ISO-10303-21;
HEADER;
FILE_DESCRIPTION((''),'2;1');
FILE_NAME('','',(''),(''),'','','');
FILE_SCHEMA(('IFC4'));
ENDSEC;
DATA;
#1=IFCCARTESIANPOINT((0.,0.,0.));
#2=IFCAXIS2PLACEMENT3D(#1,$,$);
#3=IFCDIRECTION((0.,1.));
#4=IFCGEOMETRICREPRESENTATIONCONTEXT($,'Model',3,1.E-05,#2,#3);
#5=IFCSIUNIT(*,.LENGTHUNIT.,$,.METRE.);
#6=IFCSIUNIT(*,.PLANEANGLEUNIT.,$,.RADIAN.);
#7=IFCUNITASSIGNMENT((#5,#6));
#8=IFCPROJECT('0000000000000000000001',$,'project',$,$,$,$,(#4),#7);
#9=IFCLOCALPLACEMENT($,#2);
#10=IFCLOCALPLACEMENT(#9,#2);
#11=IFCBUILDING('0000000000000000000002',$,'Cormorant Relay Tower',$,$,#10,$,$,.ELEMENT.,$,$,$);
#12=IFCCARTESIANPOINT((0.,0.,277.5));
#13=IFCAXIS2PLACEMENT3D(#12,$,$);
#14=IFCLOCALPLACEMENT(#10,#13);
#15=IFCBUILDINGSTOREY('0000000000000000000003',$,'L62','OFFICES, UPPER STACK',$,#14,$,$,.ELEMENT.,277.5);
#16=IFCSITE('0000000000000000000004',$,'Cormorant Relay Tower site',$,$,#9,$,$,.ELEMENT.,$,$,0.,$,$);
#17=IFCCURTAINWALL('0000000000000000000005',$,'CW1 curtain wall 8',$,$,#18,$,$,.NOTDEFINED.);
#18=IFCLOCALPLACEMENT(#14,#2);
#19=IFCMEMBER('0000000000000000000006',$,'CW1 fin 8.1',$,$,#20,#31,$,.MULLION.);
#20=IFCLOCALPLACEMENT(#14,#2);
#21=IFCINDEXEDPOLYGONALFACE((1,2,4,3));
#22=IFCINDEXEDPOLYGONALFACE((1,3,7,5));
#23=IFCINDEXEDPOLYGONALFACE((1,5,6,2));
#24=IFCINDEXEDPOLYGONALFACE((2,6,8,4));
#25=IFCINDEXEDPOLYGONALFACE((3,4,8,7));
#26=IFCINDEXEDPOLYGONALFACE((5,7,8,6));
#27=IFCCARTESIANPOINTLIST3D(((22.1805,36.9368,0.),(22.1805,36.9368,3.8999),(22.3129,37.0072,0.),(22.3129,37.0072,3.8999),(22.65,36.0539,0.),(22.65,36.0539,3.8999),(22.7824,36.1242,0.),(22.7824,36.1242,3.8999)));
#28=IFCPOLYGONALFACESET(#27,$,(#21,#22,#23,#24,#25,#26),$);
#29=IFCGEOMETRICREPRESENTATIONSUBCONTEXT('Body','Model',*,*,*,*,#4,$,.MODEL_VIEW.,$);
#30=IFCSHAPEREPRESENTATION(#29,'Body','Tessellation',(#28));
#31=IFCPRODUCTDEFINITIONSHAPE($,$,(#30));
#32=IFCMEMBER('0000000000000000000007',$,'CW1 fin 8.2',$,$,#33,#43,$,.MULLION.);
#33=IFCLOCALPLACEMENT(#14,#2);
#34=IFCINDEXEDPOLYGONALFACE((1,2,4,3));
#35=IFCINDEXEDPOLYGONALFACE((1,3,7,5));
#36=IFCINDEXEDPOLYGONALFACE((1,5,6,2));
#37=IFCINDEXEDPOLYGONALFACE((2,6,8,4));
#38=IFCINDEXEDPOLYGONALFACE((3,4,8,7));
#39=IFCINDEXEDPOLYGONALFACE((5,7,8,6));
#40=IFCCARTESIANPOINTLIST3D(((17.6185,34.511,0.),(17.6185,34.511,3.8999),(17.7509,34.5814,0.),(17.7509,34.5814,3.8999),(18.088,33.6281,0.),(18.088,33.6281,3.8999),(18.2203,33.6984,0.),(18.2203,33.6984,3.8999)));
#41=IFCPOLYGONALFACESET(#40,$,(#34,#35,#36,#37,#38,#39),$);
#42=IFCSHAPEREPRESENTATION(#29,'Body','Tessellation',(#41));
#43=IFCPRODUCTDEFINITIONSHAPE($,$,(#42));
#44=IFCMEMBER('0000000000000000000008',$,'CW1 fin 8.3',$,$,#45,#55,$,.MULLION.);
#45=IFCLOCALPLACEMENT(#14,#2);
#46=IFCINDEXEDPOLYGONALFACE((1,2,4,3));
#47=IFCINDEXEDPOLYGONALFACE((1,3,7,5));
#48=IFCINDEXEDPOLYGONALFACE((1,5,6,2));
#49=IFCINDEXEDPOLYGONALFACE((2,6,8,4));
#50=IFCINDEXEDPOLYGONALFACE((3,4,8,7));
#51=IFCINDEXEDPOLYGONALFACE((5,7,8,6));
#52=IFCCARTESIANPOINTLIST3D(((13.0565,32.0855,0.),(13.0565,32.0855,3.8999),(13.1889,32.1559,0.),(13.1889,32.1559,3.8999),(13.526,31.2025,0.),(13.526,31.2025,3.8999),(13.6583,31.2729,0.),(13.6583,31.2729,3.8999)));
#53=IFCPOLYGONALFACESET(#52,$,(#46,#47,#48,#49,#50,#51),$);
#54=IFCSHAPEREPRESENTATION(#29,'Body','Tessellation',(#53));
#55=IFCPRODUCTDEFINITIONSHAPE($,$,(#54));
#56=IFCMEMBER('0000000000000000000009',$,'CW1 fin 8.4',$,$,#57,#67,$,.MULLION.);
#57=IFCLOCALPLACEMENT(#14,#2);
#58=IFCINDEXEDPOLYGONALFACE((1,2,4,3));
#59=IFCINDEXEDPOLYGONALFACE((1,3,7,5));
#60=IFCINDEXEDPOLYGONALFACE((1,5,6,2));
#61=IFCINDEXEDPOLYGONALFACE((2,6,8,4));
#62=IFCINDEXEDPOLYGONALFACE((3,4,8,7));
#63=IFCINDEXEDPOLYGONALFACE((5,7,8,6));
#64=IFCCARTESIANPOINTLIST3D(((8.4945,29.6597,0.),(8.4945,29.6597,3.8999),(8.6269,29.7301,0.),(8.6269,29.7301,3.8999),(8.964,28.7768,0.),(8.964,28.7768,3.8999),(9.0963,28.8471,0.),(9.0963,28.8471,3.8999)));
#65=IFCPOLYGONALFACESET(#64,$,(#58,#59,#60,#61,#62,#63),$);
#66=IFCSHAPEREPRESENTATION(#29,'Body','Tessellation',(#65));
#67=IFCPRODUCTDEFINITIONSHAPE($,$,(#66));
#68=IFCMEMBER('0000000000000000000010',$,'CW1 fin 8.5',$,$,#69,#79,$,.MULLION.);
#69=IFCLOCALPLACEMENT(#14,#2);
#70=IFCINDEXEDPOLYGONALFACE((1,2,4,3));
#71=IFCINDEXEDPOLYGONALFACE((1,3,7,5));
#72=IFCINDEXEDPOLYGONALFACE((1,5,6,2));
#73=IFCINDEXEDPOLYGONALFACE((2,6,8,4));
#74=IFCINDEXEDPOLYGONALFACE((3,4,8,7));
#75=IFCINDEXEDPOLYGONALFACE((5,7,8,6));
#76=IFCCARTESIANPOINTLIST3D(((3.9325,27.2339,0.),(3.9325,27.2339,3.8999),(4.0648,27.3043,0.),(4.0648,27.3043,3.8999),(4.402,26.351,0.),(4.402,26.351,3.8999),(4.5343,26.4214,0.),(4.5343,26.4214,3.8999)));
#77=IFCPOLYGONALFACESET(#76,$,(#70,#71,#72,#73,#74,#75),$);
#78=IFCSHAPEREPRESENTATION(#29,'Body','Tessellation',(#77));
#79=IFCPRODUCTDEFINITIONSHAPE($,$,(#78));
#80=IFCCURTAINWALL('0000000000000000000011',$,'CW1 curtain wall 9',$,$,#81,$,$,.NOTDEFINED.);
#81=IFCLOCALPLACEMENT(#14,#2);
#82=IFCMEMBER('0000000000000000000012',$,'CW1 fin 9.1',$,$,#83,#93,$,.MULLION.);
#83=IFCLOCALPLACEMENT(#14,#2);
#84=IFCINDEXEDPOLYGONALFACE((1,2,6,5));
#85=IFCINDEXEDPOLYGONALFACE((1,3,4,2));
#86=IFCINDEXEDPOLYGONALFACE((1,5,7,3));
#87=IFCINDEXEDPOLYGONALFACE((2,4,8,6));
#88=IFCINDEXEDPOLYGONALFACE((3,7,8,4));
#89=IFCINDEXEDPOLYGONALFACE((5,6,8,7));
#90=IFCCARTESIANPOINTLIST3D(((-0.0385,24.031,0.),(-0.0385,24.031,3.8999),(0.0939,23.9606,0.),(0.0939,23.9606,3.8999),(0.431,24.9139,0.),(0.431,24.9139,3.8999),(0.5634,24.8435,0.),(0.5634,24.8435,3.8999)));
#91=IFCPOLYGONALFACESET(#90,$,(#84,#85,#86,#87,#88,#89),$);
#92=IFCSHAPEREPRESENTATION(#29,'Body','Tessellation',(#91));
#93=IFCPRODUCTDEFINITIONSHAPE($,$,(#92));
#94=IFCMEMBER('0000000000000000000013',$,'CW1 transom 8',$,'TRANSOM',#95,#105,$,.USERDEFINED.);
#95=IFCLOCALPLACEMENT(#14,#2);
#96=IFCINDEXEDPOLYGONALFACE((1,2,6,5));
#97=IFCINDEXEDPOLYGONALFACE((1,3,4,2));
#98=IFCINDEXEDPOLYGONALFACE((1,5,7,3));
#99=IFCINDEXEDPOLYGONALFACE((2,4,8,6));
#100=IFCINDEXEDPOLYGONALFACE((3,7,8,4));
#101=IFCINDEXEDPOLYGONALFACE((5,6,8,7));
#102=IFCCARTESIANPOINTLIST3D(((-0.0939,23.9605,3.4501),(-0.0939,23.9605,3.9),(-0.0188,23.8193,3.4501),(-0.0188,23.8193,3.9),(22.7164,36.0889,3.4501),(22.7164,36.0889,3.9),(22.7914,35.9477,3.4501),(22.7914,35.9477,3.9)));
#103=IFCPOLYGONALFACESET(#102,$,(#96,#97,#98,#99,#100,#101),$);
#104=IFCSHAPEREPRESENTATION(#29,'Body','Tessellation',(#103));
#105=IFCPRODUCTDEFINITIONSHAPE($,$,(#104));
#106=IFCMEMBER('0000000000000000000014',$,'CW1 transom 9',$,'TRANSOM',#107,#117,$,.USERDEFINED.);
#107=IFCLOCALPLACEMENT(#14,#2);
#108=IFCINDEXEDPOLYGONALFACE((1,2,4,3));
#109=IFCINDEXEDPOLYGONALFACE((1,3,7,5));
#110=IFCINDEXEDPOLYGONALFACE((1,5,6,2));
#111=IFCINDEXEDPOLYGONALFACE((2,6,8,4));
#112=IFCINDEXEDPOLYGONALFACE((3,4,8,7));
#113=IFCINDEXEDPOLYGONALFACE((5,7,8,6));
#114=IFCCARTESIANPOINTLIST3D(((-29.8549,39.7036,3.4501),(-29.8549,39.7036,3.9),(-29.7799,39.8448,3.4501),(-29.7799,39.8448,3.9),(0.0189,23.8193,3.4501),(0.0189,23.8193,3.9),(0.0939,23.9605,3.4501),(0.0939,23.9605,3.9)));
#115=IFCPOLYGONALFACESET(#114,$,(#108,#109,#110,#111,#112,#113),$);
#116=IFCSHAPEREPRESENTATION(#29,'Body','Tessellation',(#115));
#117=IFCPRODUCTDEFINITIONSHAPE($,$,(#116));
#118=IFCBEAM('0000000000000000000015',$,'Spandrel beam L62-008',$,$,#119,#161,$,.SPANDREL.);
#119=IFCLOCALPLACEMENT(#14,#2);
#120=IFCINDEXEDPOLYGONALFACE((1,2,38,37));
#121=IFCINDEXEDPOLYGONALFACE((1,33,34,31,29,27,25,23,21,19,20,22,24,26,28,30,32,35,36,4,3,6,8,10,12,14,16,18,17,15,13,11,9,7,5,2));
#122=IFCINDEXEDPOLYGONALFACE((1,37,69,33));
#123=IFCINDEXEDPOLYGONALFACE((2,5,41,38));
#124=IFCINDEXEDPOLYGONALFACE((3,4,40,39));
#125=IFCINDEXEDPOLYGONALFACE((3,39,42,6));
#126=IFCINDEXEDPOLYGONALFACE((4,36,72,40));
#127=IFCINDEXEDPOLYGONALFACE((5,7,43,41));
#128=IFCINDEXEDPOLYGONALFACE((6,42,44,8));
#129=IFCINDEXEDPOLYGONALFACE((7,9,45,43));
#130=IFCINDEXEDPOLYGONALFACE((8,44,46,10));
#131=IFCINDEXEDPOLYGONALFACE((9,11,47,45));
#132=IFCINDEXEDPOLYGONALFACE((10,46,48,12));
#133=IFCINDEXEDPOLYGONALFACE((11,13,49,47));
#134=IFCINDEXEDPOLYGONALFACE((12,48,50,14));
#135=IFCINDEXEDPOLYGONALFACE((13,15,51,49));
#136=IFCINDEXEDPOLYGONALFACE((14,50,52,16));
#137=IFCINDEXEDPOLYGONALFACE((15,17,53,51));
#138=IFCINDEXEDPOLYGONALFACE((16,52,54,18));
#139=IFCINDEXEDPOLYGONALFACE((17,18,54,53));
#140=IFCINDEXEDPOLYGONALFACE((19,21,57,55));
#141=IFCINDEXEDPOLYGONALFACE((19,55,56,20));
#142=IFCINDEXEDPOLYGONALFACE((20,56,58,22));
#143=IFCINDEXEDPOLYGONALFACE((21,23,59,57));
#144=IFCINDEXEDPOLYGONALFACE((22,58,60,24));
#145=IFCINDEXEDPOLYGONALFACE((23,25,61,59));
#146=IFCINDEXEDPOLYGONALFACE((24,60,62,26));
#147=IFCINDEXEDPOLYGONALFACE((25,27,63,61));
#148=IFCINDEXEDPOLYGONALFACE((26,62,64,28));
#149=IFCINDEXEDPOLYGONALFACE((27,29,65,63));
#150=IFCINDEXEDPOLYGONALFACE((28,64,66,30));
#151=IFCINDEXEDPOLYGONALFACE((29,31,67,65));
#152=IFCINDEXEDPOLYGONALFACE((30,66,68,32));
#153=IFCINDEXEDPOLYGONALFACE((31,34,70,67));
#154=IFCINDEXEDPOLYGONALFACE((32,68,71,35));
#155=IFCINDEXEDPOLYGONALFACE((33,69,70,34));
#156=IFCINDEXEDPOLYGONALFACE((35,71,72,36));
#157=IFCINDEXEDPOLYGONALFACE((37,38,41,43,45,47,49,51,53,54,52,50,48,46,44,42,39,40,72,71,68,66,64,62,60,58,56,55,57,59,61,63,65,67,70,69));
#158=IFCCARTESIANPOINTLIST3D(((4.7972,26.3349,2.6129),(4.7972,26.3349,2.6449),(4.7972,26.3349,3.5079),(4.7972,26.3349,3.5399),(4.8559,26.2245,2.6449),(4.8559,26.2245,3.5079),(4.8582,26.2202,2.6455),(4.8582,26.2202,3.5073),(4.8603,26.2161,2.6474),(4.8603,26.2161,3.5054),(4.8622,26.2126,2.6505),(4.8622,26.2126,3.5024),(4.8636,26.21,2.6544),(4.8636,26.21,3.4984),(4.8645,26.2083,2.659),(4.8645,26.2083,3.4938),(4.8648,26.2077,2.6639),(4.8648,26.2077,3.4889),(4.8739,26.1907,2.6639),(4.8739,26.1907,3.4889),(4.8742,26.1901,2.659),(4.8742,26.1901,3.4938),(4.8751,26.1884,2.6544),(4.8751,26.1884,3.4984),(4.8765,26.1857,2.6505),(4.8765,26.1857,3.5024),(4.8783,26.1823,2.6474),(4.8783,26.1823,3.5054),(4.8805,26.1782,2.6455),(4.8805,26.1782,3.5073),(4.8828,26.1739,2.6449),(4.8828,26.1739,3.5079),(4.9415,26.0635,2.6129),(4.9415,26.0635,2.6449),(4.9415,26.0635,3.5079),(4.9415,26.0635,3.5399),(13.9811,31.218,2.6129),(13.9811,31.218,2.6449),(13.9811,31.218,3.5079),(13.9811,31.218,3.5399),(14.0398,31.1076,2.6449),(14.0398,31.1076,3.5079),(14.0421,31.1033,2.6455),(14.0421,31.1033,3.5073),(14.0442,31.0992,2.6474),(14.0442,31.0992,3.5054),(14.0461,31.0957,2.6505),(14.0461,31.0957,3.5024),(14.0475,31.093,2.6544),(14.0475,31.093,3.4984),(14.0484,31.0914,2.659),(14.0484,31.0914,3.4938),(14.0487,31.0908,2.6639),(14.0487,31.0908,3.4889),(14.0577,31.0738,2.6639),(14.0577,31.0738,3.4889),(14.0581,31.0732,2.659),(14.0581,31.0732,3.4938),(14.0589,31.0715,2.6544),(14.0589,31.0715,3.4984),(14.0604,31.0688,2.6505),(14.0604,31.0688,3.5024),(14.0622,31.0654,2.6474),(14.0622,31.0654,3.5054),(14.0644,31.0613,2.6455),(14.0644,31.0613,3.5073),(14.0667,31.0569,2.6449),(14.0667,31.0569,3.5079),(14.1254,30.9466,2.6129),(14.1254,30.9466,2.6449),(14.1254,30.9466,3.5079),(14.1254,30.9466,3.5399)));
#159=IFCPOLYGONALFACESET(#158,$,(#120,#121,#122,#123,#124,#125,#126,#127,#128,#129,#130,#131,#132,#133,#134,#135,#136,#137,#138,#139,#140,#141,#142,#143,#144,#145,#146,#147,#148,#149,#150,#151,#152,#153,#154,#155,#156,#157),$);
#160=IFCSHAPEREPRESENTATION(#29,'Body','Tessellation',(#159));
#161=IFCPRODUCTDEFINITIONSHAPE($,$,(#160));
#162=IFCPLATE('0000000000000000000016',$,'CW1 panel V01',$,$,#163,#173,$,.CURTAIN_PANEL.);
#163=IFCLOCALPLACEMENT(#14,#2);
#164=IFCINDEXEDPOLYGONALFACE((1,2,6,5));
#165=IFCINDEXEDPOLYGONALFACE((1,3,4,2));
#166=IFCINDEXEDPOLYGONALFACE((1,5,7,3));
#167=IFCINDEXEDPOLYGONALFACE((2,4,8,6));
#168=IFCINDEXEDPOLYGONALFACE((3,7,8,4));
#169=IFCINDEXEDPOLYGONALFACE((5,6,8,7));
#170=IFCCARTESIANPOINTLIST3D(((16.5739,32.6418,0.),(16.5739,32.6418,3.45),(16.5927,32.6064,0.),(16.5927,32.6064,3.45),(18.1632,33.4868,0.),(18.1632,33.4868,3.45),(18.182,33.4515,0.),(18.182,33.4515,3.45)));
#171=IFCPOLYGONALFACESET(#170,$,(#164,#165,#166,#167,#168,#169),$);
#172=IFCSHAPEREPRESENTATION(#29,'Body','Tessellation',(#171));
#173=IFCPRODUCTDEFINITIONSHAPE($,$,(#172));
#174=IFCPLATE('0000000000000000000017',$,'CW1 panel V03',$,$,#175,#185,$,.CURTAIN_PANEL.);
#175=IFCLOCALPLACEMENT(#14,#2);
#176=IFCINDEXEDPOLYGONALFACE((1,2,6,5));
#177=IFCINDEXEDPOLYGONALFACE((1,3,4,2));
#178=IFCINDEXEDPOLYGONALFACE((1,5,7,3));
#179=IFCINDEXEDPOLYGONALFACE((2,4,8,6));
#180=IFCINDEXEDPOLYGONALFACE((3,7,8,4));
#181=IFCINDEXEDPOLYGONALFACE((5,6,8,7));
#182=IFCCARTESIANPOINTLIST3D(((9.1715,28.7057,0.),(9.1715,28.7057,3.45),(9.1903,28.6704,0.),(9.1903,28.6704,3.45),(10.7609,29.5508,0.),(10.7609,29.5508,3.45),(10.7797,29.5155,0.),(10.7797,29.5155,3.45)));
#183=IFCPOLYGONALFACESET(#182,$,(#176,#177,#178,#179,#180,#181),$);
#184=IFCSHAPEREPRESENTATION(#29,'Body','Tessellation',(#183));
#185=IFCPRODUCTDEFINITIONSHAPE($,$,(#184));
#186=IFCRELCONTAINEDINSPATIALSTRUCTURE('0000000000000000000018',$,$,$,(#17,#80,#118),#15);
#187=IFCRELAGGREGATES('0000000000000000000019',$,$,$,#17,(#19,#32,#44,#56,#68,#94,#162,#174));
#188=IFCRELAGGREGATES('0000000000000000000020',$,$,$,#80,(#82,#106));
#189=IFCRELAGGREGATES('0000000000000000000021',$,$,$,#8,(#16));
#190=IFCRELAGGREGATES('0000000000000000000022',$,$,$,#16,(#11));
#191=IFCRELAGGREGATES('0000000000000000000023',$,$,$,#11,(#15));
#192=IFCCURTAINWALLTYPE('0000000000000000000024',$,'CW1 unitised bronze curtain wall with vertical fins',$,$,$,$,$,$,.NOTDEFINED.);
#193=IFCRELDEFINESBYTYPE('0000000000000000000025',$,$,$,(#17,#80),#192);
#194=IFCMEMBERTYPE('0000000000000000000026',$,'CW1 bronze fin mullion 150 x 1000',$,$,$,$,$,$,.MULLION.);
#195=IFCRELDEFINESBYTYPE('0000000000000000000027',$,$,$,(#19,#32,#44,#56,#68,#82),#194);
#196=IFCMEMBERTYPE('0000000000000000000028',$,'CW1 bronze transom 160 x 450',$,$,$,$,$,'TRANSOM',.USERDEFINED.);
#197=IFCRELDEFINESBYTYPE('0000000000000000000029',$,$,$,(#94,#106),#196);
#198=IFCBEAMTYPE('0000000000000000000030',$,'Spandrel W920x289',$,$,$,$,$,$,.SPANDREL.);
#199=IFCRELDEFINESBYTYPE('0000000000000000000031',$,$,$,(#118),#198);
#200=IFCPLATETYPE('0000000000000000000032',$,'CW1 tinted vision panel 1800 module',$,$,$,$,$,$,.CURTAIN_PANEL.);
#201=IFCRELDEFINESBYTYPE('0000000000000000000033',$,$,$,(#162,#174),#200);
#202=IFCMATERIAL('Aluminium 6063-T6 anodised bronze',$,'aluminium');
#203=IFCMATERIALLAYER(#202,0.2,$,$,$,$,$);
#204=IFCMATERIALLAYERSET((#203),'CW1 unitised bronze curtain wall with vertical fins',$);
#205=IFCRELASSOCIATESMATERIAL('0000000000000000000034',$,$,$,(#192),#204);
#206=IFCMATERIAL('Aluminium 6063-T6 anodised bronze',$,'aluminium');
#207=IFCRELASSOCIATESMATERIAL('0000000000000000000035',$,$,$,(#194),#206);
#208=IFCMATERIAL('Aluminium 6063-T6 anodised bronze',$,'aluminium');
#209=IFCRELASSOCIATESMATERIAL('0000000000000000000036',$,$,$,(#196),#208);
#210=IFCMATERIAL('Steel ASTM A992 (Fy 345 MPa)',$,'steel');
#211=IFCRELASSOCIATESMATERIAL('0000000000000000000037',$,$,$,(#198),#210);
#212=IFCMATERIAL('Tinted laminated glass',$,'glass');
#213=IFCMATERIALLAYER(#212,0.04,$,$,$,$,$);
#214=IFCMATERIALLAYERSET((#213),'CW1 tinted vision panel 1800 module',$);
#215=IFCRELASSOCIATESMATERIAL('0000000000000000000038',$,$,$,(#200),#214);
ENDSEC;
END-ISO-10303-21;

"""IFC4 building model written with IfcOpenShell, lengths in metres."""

from ifc_helpers import new_model, si_unit, direction, frame, origin, origin_2d, place, context, subcontext, project, spatial, rectangle, i_section, extrude, material, layer, layer_set, material_profile, profile_set, type_object, element, aggregate, save


model = new_model("IFC4")

# Units and contexts
model_context = context("Model", 3, precision=1e-05, world=origin(), true_north=direction((0.0, 1.0)))
body_context = subcontext(model_context, "Body", "Model", "MODEL_VIEW")
ifc_project = project(units=[si_unit("LENGTHUNIT", "METRE"), si_unit("PLANEANGLEUNIT", "RADIAN")], contexts=[model_context])

# Site, building, storey
site_placement = place(None, origin())
site = spatial("IfcSite", under=ifc_project, at=site_placement, Name="Cormorant Relay Tower site", CompositionType="ELEMENT", RefElevation=0.0)
building_placement = place(site_placement, origin())
building = spatial("IfcBuilding", under=site, at=building_placement, Name="Cormorant Relay Tower", CompositionType="ELEMENT")
storey_placement = place(building_placement, frame((0.0, 0.0, 277.5)))
storey = spatial("IfcBuildingStorey", under=building, at=storey_placement, Name="L62", Description="OFFICES, UPPER STACK", CompositionType="ELEMENT", Elevation=277.5)

# Curtain wall, members
ifc_material_1 = material(Name="Aluminium 6063-T6 anodised bronze", Category="aluminium")
ifc_layer_1 = layer(ifc_material_1, 0.2)
ifc_layer_set_1 = layer_set([ifc_layer_1], Name="CW1 unitised bronze curtain wall with vertical fins")
curtain_wall_type = type_object("IfcCurtainWallType", Name="CW1 unitised bronze curtain wall with vertical fins", PredefinedType="NOTDEFINED", material=ifc_layer_set_1)
curtain_wall_1_placement = place(storey_placement, origin())
curtain_wall_1 = element("IfcCurtainWall", 1, at=curtain_wall_1_placement, inside=storey, type_object=curtain_wall_type, Name="CW1 curtain wall 8", PredefinedType="NOTDEFINED")
ifc_material_2 = material(Name="Aluminium 6063-T6 anodised bronze", Category="aluminium")
ifc_material_profile_1 = material_profile(ifc_material_2, rectangle(XDim=0.1499, YDim=1.0, at=origin_2d()), Name="AL 150x1000")
ifc_profile_set_1 = profile_set([ifc_material_profile_1], Name="Aluminium 6063-T6 anodised bronze")
member_type_1 = type_object("IfcMemberType", Name="CW1 bronze fin mullion 150 x 1000", PredefinedType="MULLION", material=ifc_profile_set_1)
member_1_placement = place(storey_placement, frame((22.4814, 36.5305, 0.0), z_axis=(0.0, 0.0, 1.0), x_axis=(-0.882948, -0.469472, 0.0)))
member_1 = element("IfcMember", 2, at=member_1_placement, type_object=member_type_1, Name="CW1 fin 8.1", PredefinedType="MULLION", context=body_context, shape_type="SweptSolid", body=[
    extrude(rectangle(XDim=0.1499, YDim=1.0, at=origin_2d()), origin(), (0.0, 0.0, 1.0), 3.8999),
])
member_2_placement = place(storey_placement, frame((17.9194, 34.1047, 0.0), z_axis=(0.0, 0.0, 1.0), x_axis=(-0.882948, -0.469472, 0.0)))
member_2 = element("IfcMember", 3, at=member_2_placement, type_object=member_type_1, Name="CW1 fin 8.2", PredefinedType="MULLION", context=body_context, shape_type="SweptSolid", body=[
    extrude(rectangle(XDim=0.1499, YDim=1.0, at=origin_2d()), origin(), (0.0, 0.0, 1.0), 3.8999),
])
member_3_placement = place(storey_placement, frame((13.3574, 31.6792, 0.0), z_axis=(0.0, 0.0, 1.0), x_axis=(-0.882948, -0.469472, 0.0)))
member_3 = element("IfcMember", 4, at=member_3_placement, type_object=member_type_1, Name="CW1 fin 8.3", PredefinedType="MULLION", context=body_context, shape_type="SweptSolid", body=[
    extrude(rectangle(XDim=0.1499, YDim=1.0, at=origin_2d()), origin(), (0.0, 0.0, 1.0), 3.8999),
])
member_4_placement = place(storey_placement, frame((8.7954, 29.2534, 0.0), z_axis=(0.0, 0.0, 1.0), x_axis=(-0.882948, -0.469472, 0.0)))
member_4 = element("IfcMember", 5, at=member_4_placement, type_object=member_type_1, Name="CW1 fin 8.4", PredefinedType="MULLION", context=body_context, shape_type="SweptSolid", body=[
    extrude(rectangle(XDim=0.1499, YDim=1.0, at=origin_2d()), origin(), (0.0, 0.0, 1.0), 3.8999),
])
member_5_placement = place(storey_placement, frame((4.2334, 26.8276, 0.0), z_axis=(0.0, 0.0, 1.0), x_axis=(-0.882948, -0.469472, 0.0)))
member_5 = element("IfcMember", 6, at=member_5_placement, type_object=member_type_1, Name="CW1 fin 8.5", PredefinedType="MULLION", context=body_context, shape_type="SweptSolid", body=[
    extrude(rectangle(XDim=0.1499, YDim=1.0, at=origin_2d()), origin(), (0.0, 0.0, 1.0), 3.8999),
])

# Curtain wall, member
curtain_wall_2_placement = place(storey_placement, origin())
curtain_wall_2 = element("IfcCurtainWall", 7, at=curtain_wall_2_placement, inside=storey, type_object=curtain_wall_type, Name="CW1 curtain wall 9", PredefinedType="NOTDEFINED")
member_6_placement = place(storey_placement, frame((0.2625, 24.4373, 0.0), z_axis=(0.0, 0.0, 1.0), x_axis=(-0.882948, 0.469472, 0.0)))
member_6 = element("IfcMember", 8, at=member_6_placement, type_object=member_type_1, Name="CW1 fin 9.1", PredefinedType="MULLION", context=body_context, shape_type="SweptSolid", body=[
    extrude(rectangle(XDim=0.1499, YDim=1.0, at=origin_2d()), origin(), (0.0, 0.0, 1.0), 3.8999),
])

# Members
ifc_material_3 = material(Name="Aluminium 6063-T6 anodised bronze", Category="aluminium")
ifc_material_profile_2 = material_profile(ifc_material_3, rectangle(XDim=0.1599, YDim=0.45, at=origin_2d()), Name="AL 160x450")
ifc_profile_set_2 = profile_set([ifc_material_profile_2], Name="Aluminium 6063-T6 anodised bronze")
member_type_2 = type_object("IfcMemberType", Name="CW1 bronze transom 160 x 450", ElementType="TRANSOM", PredefinedType="USERDEFINED", material=ifc_profile_set_2)
member_7_placement = place(storey_placement, frame((22.7539, 36.0183, 3.675), z_axis=(-0.882948, -0.469471, 0.0), x_axis=(0.469471, -0.882948, 0.0)))
member_7 = element("IfcMember", 9, at=member_7_placement, type_object=member_type_2, Name="CW1 transom 8", ObjectType="TRANSOM", PredefinedType="USERDEFINED", context=body_context, shape_type="SweptSolid", body=[
    extrude(rectangle(XDim=0.1599, YDim=0.45, at=origin_2d()), origin(), (0.0, 0.0, 1.0), 25.8342),
])
member_8_placement = place(storey_placement, frame((0.0564, 23.8899, 3.675), z_axis=(-0.882946, 0.469474, 0.0), x_axis=(-0.469474, -0.882946, 0.0)))
member_8 = element("IfcMember", 10, at=member_8_placement, type_object=member_type_2, Name="CW1 transom 9", ObjectType="TRANSOM", PredefinedType="USERDEFINED", context=body_context, shape_type="SweptSolid", body=[
    extrude(rectangle(XDim=0.1599, YDim=0.45, at=origin_2d()), origin(), (0.0, 0.0, 1.0), 33.8342),
])

# Beam
ifc_material_4 = material(Name="Steel ASTM A992 (Fy 345 MPa)", Category="steel")
ifc_material_profile_3 = material_profile(ifc_material_4, i_section(OverallWidth=0.3074, OverallDepth=0.927, WebThickness=0.0193, FlangeThickness=0.032, FilletRadius=0.019, at=origin_2d()), Name="W920x289")
ifc_profile_set_3 = profile_set([ifc_material_profile_3], Name="Steel ASTM A992 (Fy 345 MPa)")
beam_type = type_object("IfcBeamType", Name="Spandrel W920x289", PredefinedType="SPANDREL", material=ifc_profile_set_3)
beam_placement = place(storey_placement, frame((14.0532, 31.0823, 3.0764), z_axis=(-0.882951, -0.469466, 0.0), x_axis=(0.469466, -0.882951, 0.0)))
element("IfcBeam", 11, at=beam_placement, inside=storey, type_object=beam_type, Name="Spandrel beam L62-008", PredefinedType="SPANDREL", context=body_context, shape_type="SweptSolid", body=[
    extrude(i_section(OverallWidth=0.3074, OverallDepth=0.927, WebThickness=0.0193, FlangeThickness=0.032, FilletRadius=0.019, at=origin_2d()), origin(), (0.0, 0.0, 1.0), 10.4014),
])

# Plates
ifc_material_5 = material(Name="Tinted laminated glass", Category="glass")
ifc_layer_2 = layer(ifc_material_5, 0.04)
ifc_layer_set_2 = layer_set([ifc_layer_2], Name="CW1 tinted vision panel 1800 module")
plate_type_1 = type_object("IfcPlateType", Name="CW1 tinted vision panel 1800 module", PredefinedType="CURTAIN_PANEL", material=ifc_layer_set_2)
plate_1_placement = place(storey_placement, frame((17.3779, 33.0466, 0.0), z_axis=(0.0, 0.0, 1.0), x_axis=(-0.882948, -0.469472, 0.0)))
plate_1 = element("IfcPlate", 12, at=plate_1_placement, type_object=plate_type_1, Name="CW1 panel V01", PredefinedType="CURTAIN_PANEL", context=body_context, shape_type="SweptSolid", body=[
    extrude(rectangle(XDim=1.8, YDim=0.04, at=origin_2d()), origin(), (0.0, 0.0, 1.0), 3.45),
])
plate_2_placement = place(storey_placement, frame((9.9756, 29.1106, 0.0), z_axis=(0.0, 0.0, 1.0), x_axis=(-0.882948, -0.469472, 0.0)))
plate_2 = element("IfcPlate", 13, at=plate_2_placement, type_object=plate_type_1, Name="CW1 panel V03", PredefinedType="CURTAIN_PANEL", context=body_context, shape_type="SweptSolid", body=[
    extrude(rectangle(XDim=1.8, YDim=0.04, at=origin_2d()), origin(), (0.0, 0.0, 1.0), 3.45),
])

aggregate(curtain_wall_1, [member_1, member_2, member_3, member_4, member_5, member_7, plate_1, plate_2])
aggregate(curtain_wall_2, [member_6, member_8])

save(model, "model.ifc")
